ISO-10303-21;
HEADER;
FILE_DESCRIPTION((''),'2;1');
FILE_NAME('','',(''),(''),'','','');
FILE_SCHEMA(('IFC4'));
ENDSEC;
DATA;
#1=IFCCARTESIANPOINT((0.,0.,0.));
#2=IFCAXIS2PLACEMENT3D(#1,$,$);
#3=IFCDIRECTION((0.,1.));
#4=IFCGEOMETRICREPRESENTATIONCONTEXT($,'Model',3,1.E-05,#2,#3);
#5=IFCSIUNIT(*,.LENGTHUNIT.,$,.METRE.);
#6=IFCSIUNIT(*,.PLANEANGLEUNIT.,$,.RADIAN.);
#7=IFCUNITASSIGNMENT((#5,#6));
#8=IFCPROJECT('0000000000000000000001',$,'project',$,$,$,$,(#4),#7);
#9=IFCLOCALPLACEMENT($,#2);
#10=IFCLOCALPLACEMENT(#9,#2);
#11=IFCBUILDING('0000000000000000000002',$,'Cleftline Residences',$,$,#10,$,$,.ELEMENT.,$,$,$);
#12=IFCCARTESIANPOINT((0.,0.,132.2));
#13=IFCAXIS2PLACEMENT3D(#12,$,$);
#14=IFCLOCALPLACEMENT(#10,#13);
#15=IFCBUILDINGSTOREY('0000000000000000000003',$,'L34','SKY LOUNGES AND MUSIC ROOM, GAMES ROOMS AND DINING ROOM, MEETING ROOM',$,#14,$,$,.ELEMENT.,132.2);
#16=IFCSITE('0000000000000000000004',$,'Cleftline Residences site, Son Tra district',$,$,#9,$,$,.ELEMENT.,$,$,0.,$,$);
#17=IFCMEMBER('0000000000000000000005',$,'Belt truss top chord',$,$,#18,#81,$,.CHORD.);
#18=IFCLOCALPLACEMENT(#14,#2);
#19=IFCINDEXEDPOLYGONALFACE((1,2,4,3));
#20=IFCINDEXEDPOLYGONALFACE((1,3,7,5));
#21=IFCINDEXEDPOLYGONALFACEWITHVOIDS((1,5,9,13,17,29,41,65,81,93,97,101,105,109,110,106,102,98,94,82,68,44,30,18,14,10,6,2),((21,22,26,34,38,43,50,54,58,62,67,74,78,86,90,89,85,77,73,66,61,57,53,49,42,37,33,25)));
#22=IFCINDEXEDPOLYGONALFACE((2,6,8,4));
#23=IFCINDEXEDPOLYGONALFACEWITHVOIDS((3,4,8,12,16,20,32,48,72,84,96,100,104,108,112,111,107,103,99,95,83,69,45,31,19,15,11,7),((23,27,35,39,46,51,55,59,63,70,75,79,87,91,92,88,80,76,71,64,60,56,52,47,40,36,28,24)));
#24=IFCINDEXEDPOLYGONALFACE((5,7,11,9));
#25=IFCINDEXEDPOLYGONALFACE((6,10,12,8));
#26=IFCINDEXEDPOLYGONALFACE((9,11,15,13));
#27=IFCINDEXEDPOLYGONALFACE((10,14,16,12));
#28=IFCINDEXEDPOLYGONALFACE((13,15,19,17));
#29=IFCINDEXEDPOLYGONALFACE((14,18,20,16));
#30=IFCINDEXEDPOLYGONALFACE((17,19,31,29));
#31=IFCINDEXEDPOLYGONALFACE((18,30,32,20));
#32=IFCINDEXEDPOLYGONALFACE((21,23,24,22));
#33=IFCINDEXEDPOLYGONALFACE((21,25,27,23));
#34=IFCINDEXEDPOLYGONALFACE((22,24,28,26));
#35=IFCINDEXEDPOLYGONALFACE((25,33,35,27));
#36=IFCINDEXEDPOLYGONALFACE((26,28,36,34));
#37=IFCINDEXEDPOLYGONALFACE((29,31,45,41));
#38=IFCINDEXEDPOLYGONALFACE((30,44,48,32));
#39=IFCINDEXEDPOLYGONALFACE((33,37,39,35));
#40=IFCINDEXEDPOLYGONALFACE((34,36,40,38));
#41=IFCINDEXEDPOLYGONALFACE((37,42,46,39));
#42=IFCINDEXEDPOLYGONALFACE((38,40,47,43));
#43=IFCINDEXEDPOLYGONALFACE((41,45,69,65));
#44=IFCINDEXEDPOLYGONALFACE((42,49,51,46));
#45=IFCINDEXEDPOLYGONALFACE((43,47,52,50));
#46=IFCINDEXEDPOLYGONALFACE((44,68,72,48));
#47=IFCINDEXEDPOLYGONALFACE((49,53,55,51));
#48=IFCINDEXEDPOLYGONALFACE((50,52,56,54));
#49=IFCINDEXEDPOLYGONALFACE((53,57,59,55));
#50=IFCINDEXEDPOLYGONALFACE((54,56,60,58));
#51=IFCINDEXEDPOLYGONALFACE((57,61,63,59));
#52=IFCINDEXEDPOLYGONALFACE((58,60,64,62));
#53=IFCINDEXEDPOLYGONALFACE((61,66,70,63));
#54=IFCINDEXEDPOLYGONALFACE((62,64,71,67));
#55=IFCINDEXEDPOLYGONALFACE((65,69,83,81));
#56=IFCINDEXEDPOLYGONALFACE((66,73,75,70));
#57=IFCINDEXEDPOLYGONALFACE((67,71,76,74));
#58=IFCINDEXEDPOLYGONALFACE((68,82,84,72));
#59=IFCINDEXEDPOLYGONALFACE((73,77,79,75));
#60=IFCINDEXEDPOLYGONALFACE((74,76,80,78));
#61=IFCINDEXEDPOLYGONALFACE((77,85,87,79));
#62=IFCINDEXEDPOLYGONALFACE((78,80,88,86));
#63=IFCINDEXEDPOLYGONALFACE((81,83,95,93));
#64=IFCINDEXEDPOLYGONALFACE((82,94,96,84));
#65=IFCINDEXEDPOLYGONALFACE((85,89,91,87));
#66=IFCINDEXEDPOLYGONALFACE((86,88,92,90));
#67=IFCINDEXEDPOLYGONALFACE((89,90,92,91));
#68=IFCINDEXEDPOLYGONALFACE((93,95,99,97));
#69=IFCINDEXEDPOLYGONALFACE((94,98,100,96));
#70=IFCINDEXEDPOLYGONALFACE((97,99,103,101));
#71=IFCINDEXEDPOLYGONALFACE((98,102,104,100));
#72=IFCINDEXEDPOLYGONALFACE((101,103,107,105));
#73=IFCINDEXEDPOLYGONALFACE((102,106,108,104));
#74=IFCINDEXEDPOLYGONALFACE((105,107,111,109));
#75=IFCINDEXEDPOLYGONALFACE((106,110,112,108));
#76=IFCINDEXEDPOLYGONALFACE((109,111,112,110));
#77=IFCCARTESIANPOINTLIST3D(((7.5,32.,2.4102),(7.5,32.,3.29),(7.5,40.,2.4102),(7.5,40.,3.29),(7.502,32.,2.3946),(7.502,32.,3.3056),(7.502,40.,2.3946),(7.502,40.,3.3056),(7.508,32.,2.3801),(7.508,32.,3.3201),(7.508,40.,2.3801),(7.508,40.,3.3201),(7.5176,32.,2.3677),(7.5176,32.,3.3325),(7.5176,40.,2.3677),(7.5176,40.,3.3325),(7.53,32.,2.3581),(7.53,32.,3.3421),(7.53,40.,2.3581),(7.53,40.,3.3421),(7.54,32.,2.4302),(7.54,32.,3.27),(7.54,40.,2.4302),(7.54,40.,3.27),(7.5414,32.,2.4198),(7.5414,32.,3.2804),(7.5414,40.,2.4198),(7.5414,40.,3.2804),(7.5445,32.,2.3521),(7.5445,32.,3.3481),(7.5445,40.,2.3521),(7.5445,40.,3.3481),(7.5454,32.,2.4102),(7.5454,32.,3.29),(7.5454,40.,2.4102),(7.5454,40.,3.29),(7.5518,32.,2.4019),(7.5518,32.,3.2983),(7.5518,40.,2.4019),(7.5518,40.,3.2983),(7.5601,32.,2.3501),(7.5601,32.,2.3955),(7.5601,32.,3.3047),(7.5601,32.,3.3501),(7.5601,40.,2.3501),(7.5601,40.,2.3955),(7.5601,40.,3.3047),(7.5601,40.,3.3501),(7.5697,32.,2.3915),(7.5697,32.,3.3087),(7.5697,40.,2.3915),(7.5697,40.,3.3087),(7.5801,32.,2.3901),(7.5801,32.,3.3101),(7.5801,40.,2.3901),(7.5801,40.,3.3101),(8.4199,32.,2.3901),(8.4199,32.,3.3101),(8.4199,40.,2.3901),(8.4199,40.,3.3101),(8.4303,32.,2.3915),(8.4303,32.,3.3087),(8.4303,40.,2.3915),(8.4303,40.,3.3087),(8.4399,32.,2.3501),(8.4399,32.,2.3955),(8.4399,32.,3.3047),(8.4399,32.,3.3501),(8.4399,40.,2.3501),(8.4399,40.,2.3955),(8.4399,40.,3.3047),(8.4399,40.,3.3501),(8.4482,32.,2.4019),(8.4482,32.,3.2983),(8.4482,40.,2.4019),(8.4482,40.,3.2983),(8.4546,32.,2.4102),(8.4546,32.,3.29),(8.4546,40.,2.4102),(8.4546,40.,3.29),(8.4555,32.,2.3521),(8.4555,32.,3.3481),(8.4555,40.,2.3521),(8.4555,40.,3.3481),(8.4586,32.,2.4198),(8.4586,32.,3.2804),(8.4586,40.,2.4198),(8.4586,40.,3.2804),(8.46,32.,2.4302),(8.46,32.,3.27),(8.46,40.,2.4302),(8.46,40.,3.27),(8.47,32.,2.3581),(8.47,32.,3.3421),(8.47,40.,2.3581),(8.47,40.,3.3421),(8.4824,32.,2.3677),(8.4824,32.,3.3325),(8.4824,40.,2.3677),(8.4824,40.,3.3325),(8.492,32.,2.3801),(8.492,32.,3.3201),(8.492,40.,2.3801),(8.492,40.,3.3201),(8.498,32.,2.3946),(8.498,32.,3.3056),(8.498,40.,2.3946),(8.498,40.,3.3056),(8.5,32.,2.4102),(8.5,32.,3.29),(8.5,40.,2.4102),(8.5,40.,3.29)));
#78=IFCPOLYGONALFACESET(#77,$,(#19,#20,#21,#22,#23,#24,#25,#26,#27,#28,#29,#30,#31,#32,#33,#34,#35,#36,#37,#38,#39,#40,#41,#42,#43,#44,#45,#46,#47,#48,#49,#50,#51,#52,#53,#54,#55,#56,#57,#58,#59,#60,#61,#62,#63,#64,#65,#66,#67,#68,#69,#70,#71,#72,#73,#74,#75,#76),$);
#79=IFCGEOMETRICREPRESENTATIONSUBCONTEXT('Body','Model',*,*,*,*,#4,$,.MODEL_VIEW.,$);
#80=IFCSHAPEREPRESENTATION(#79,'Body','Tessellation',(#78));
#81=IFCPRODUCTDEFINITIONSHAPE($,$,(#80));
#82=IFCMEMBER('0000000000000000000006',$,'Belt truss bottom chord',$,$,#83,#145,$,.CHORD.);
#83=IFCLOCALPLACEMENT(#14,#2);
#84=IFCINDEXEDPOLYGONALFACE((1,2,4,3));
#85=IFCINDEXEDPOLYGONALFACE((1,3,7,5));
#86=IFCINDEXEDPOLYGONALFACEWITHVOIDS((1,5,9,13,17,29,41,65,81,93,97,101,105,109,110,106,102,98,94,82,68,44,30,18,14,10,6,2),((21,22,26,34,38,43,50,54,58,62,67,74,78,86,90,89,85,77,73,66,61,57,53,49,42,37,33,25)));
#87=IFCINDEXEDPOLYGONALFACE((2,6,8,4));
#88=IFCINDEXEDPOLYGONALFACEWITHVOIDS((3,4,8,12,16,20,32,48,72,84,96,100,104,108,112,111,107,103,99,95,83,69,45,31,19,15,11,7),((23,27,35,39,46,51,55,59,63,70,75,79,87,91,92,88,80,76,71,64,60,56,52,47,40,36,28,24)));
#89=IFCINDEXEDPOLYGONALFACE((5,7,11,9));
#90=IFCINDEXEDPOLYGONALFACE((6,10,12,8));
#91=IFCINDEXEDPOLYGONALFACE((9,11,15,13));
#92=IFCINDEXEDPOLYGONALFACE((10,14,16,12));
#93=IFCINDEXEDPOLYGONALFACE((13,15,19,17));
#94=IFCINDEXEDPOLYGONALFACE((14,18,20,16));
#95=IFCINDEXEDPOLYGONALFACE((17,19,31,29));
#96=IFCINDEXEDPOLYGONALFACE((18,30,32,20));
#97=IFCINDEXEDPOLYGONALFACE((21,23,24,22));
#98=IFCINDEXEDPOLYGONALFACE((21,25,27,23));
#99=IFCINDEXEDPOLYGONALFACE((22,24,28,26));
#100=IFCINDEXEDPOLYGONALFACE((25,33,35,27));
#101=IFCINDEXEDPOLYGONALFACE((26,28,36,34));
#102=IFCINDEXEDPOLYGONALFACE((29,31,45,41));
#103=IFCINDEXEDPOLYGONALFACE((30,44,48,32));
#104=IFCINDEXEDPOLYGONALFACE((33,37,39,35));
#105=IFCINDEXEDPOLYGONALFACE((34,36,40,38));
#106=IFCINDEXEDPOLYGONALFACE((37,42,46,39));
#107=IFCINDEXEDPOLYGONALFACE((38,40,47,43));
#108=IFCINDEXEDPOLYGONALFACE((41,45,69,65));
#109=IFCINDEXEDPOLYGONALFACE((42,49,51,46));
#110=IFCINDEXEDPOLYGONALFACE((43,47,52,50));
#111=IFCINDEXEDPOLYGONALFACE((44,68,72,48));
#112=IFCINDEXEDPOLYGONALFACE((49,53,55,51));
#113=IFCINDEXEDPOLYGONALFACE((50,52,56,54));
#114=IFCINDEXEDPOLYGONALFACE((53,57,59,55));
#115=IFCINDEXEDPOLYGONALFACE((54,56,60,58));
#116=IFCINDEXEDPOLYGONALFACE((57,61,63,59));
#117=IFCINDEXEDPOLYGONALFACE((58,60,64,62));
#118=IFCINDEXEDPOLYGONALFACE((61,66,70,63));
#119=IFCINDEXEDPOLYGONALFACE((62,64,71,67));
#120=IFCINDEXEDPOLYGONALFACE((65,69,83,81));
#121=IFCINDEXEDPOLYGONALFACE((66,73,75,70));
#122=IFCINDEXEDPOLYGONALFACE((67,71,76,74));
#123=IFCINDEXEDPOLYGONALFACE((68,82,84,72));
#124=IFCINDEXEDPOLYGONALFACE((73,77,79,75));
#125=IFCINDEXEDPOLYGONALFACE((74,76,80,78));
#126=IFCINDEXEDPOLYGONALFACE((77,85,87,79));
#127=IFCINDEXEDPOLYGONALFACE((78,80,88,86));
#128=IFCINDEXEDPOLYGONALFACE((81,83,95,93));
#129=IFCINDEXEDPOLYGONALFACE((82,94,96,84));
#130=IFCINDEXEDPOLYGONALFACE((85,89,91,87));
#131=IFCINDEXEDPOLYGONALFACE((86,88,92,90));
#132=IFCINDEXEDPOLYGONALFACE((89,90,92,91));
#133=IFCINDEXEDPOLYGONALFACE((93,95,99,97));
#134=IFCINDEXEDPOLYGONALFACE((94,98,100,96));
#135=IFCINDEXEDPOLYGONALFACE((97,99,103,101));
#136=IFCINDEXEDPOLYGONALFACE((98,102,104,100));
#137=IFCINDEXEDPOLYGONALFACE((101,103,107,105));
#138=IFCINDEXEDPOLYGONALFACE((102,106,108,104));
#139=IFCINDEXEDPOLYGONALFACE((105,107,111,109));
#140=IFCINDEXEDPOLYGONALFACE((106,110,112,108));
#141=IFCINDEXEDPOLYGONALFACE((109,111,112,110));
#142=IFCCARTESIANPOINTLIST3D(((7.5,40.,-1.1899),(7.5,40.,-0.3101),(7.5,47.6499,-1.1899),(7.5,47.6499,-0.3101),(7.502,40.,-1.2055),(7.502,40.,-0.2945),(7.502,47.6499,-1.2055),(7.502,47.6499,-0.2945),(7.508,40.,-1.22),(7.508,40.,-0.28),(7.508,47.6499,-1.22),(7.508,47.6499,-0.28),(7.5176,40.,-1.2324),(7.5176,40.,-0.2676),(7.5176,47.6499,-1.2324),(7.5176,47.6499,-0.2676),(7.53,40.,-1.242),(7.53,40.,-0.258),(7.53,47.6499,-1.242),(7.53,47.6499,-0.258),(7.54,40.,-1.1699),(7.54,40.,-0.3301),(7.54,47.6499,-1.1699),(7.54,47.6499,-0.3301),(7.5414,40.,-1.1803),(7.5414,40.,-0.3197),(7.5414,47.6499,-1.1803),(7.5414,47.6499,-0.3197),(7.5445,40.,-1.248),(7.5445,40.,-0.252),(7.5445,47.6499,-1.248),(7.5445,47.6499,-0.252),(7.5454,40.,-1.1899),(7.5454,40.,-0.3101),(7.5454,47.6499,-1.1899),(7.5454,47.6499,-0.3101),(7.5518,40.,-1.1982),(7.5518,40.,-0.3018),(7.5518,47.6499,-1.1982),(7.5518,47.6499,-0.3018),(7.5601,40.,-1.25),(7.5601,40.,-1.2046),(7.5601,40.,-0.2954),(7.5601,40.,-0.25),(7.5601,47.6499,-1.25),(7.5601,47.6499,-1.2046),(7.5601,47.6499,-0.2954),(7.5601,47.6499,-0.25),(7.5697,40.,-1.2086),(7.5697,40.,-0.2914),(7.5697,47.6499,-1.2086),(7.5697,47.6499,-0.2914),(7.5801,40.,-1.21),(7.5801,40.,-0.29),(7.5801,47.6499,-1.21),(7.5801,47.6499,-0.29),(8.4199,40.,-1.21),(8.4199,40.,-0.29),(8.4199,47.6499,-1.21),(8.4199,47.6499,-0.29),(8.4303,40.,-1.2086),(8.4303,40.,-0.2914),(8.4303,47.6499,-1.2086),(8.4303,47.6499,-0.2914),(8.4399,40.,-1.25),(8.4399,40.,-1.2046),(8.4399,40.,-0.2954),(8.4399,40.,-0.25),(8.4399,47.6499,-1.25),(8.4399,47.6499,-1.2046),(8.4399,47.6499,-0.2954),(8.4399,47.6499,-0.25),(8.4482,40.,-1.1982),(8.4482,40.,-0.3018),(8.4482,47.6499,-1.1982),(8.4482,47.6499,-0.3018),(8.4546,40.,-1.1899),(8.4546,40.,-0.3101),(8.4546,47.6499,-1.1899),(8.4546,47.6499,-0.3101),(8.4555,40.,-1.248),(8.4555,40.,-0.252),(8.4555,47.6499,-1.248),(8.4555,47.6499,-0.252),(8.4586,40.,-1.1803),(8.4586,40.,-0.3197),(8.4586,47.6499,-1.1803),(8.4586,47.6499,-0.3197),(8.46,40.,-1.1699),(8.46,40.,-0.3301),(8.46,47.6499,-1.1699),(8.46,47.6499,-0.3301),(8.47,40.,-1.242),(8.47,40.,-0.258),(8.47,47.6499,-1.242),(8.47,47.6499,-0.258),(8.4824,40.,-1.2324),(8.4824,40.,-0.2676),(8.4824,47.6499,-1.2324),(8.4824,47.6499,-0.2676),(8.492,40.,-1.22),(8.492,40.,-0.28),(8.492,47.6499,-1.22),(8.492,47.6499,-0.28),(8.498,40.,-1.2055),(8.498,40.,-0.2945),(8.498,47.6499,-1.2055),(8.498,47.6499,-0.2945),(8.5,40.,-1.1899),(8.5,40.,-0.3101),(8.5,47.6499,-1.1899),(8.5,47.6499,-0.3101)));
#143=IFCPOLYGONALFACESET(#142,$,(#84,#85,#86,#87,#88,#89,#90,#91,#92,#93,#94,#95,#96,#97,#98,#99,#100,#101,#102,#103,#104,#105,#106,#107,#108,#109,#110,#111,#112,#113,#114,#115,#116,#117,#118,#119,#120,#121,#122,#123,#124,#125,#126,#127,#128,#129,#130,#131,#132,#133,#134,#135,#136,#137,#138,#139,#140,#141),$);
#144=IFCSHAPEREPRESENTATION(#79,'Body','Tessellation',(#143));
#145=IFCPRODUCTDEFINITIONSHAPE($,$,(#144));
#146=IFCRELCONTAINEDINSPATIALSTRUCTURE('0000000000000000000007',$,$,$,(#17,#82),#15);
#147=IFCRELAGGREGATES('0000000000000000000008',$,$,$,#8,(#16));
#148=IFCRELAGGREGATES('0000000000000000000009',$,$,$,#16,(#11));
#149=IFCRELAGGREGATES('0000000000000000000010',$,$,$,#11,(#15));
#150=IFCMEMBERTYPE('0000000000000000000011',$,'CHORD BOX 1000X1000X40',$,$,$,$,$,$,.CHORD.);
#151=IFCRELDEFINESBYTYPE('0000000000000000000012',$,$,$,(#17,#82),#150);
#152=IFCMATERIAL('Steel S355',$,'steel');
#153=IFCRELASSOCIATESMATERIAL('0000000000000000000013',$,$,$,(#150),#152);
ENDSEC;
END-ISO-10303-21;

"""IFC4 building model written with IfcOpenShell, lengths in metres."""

from ifc_helpers import new_model, si_unit, direction, frame, origin, origin_2d, place, context, subcontext, project, spatial, hollow_rectangle, extrude, material, material_profile, profile_set, type_object, element, save


model = new_model("IFC4")

# Units and contexts
model_context = context("Model", 3, precision=1e-05, world=origin(), true_north=direction((0.0, 1.0)))
body_context = subcontext(model_context, "Body", "Model", "MODEL_VIEW")
ifc_project = project(units=[si_unit("LENGTHUNIT", "METRE"), si_unit("PLANEANGLEUNIT", "RADIAN")], contexts=[model_context])

# Site, building, storey
site_placement = place(None, origin())
site = spatial("IfcSite", under=ifc_project, at=site_placement, Name="Cleftline Residences site, Son Tra district", CompositionType="ELEMENT", RefElevation=0.0)
building_placement = place(site_placement, origin())
building = spatial("IfcBuilding", under=site, at=building_placement, Name="Cleftline Residences", CompositionType="ELEMENT")
storey_placement = place(building_placement, frame((0.0, 0.0, 132.2)))
storey = spatial("IfcBuildingStorey", under=building, at=storey_placement, Name="L34", Description="SKY LOUNGES AND MUSIC ROOM, GAMES ROOMS AND DINING ROOM, MEETING ROOM", CompositionType="ELEMENT", Elevation=132.2)

# Members
ifc_material_1 = material(Name="Steel S355", Category="steel")
ifc_material_profile_1 = material_profile(ifc_material_1, hollow_rectangle(XDim=1.0, YDim=1.0, WallThickness=0.04, InnerFilletRadius=0.04, OuterFilletRadius=0.0601, at=origin_2d()))
ifc_profile_set_1 = profile_set([ifc_material_profile_1], Name="Steel S355")
member_type_1 = type_object("IfcMemberType", Name="CHORD BOX 1000X1000X40", PredefinedType="CHORD", material=ifc_profile_set_1)
for number, where, z_axis, x_axis, name in (
    (1, (8.0, 32.0, 2.8501), (0.0, 1.0, 0.0), (-1.0, 0.0, 0.0), "Belt truss top chord"),
):
    element("IfcMember", number, at=place(storey_placement, frame(where, z_axis=z_axis, x_axis=x_axis)), inside=storey, type_object=member_type_1, Name=name, PredefinedType="CHORD", context=body_context, shape_type="SweptSolid", body=[
        extrude(hollow_rectangle(XDim=1.0, YDim=1.0, WallThickness=0.04, InnerFilletRadius=0.04, OuterFilletRadius=0.0601, at=origin_2d()), origin(), (0.0, 0.0, 1.0), 8.0),
    ])
for number, where, z_axis, x_axis, name in (
    (2, (8.0, 40.0, -0.75), (0.0, 1.0, 0.0), (-1.0, 0.0, 0.0), "Belt truss bottom chord"),
):
    element("IfcMember", number, at=place(storey_placement, frame(where, z_axis=z_axis, x_axis=x_axis)), inside=storey, type_object=member_type_1, Name=name, PredefinedType="CHORD", context=body_context, shape_type="SweptSolid", body=[
        extrude(hollow_rectangle(XDim=1.0, YDim=1.0, WallThickness=0.04, InnerFilletRadius=0.04, OuterFilletRadius=0.0601, at=origin_2d()), origin(), (0.0, 0.0, 1.0), 7.6499),
    ])

save(model, "model.ifc")
